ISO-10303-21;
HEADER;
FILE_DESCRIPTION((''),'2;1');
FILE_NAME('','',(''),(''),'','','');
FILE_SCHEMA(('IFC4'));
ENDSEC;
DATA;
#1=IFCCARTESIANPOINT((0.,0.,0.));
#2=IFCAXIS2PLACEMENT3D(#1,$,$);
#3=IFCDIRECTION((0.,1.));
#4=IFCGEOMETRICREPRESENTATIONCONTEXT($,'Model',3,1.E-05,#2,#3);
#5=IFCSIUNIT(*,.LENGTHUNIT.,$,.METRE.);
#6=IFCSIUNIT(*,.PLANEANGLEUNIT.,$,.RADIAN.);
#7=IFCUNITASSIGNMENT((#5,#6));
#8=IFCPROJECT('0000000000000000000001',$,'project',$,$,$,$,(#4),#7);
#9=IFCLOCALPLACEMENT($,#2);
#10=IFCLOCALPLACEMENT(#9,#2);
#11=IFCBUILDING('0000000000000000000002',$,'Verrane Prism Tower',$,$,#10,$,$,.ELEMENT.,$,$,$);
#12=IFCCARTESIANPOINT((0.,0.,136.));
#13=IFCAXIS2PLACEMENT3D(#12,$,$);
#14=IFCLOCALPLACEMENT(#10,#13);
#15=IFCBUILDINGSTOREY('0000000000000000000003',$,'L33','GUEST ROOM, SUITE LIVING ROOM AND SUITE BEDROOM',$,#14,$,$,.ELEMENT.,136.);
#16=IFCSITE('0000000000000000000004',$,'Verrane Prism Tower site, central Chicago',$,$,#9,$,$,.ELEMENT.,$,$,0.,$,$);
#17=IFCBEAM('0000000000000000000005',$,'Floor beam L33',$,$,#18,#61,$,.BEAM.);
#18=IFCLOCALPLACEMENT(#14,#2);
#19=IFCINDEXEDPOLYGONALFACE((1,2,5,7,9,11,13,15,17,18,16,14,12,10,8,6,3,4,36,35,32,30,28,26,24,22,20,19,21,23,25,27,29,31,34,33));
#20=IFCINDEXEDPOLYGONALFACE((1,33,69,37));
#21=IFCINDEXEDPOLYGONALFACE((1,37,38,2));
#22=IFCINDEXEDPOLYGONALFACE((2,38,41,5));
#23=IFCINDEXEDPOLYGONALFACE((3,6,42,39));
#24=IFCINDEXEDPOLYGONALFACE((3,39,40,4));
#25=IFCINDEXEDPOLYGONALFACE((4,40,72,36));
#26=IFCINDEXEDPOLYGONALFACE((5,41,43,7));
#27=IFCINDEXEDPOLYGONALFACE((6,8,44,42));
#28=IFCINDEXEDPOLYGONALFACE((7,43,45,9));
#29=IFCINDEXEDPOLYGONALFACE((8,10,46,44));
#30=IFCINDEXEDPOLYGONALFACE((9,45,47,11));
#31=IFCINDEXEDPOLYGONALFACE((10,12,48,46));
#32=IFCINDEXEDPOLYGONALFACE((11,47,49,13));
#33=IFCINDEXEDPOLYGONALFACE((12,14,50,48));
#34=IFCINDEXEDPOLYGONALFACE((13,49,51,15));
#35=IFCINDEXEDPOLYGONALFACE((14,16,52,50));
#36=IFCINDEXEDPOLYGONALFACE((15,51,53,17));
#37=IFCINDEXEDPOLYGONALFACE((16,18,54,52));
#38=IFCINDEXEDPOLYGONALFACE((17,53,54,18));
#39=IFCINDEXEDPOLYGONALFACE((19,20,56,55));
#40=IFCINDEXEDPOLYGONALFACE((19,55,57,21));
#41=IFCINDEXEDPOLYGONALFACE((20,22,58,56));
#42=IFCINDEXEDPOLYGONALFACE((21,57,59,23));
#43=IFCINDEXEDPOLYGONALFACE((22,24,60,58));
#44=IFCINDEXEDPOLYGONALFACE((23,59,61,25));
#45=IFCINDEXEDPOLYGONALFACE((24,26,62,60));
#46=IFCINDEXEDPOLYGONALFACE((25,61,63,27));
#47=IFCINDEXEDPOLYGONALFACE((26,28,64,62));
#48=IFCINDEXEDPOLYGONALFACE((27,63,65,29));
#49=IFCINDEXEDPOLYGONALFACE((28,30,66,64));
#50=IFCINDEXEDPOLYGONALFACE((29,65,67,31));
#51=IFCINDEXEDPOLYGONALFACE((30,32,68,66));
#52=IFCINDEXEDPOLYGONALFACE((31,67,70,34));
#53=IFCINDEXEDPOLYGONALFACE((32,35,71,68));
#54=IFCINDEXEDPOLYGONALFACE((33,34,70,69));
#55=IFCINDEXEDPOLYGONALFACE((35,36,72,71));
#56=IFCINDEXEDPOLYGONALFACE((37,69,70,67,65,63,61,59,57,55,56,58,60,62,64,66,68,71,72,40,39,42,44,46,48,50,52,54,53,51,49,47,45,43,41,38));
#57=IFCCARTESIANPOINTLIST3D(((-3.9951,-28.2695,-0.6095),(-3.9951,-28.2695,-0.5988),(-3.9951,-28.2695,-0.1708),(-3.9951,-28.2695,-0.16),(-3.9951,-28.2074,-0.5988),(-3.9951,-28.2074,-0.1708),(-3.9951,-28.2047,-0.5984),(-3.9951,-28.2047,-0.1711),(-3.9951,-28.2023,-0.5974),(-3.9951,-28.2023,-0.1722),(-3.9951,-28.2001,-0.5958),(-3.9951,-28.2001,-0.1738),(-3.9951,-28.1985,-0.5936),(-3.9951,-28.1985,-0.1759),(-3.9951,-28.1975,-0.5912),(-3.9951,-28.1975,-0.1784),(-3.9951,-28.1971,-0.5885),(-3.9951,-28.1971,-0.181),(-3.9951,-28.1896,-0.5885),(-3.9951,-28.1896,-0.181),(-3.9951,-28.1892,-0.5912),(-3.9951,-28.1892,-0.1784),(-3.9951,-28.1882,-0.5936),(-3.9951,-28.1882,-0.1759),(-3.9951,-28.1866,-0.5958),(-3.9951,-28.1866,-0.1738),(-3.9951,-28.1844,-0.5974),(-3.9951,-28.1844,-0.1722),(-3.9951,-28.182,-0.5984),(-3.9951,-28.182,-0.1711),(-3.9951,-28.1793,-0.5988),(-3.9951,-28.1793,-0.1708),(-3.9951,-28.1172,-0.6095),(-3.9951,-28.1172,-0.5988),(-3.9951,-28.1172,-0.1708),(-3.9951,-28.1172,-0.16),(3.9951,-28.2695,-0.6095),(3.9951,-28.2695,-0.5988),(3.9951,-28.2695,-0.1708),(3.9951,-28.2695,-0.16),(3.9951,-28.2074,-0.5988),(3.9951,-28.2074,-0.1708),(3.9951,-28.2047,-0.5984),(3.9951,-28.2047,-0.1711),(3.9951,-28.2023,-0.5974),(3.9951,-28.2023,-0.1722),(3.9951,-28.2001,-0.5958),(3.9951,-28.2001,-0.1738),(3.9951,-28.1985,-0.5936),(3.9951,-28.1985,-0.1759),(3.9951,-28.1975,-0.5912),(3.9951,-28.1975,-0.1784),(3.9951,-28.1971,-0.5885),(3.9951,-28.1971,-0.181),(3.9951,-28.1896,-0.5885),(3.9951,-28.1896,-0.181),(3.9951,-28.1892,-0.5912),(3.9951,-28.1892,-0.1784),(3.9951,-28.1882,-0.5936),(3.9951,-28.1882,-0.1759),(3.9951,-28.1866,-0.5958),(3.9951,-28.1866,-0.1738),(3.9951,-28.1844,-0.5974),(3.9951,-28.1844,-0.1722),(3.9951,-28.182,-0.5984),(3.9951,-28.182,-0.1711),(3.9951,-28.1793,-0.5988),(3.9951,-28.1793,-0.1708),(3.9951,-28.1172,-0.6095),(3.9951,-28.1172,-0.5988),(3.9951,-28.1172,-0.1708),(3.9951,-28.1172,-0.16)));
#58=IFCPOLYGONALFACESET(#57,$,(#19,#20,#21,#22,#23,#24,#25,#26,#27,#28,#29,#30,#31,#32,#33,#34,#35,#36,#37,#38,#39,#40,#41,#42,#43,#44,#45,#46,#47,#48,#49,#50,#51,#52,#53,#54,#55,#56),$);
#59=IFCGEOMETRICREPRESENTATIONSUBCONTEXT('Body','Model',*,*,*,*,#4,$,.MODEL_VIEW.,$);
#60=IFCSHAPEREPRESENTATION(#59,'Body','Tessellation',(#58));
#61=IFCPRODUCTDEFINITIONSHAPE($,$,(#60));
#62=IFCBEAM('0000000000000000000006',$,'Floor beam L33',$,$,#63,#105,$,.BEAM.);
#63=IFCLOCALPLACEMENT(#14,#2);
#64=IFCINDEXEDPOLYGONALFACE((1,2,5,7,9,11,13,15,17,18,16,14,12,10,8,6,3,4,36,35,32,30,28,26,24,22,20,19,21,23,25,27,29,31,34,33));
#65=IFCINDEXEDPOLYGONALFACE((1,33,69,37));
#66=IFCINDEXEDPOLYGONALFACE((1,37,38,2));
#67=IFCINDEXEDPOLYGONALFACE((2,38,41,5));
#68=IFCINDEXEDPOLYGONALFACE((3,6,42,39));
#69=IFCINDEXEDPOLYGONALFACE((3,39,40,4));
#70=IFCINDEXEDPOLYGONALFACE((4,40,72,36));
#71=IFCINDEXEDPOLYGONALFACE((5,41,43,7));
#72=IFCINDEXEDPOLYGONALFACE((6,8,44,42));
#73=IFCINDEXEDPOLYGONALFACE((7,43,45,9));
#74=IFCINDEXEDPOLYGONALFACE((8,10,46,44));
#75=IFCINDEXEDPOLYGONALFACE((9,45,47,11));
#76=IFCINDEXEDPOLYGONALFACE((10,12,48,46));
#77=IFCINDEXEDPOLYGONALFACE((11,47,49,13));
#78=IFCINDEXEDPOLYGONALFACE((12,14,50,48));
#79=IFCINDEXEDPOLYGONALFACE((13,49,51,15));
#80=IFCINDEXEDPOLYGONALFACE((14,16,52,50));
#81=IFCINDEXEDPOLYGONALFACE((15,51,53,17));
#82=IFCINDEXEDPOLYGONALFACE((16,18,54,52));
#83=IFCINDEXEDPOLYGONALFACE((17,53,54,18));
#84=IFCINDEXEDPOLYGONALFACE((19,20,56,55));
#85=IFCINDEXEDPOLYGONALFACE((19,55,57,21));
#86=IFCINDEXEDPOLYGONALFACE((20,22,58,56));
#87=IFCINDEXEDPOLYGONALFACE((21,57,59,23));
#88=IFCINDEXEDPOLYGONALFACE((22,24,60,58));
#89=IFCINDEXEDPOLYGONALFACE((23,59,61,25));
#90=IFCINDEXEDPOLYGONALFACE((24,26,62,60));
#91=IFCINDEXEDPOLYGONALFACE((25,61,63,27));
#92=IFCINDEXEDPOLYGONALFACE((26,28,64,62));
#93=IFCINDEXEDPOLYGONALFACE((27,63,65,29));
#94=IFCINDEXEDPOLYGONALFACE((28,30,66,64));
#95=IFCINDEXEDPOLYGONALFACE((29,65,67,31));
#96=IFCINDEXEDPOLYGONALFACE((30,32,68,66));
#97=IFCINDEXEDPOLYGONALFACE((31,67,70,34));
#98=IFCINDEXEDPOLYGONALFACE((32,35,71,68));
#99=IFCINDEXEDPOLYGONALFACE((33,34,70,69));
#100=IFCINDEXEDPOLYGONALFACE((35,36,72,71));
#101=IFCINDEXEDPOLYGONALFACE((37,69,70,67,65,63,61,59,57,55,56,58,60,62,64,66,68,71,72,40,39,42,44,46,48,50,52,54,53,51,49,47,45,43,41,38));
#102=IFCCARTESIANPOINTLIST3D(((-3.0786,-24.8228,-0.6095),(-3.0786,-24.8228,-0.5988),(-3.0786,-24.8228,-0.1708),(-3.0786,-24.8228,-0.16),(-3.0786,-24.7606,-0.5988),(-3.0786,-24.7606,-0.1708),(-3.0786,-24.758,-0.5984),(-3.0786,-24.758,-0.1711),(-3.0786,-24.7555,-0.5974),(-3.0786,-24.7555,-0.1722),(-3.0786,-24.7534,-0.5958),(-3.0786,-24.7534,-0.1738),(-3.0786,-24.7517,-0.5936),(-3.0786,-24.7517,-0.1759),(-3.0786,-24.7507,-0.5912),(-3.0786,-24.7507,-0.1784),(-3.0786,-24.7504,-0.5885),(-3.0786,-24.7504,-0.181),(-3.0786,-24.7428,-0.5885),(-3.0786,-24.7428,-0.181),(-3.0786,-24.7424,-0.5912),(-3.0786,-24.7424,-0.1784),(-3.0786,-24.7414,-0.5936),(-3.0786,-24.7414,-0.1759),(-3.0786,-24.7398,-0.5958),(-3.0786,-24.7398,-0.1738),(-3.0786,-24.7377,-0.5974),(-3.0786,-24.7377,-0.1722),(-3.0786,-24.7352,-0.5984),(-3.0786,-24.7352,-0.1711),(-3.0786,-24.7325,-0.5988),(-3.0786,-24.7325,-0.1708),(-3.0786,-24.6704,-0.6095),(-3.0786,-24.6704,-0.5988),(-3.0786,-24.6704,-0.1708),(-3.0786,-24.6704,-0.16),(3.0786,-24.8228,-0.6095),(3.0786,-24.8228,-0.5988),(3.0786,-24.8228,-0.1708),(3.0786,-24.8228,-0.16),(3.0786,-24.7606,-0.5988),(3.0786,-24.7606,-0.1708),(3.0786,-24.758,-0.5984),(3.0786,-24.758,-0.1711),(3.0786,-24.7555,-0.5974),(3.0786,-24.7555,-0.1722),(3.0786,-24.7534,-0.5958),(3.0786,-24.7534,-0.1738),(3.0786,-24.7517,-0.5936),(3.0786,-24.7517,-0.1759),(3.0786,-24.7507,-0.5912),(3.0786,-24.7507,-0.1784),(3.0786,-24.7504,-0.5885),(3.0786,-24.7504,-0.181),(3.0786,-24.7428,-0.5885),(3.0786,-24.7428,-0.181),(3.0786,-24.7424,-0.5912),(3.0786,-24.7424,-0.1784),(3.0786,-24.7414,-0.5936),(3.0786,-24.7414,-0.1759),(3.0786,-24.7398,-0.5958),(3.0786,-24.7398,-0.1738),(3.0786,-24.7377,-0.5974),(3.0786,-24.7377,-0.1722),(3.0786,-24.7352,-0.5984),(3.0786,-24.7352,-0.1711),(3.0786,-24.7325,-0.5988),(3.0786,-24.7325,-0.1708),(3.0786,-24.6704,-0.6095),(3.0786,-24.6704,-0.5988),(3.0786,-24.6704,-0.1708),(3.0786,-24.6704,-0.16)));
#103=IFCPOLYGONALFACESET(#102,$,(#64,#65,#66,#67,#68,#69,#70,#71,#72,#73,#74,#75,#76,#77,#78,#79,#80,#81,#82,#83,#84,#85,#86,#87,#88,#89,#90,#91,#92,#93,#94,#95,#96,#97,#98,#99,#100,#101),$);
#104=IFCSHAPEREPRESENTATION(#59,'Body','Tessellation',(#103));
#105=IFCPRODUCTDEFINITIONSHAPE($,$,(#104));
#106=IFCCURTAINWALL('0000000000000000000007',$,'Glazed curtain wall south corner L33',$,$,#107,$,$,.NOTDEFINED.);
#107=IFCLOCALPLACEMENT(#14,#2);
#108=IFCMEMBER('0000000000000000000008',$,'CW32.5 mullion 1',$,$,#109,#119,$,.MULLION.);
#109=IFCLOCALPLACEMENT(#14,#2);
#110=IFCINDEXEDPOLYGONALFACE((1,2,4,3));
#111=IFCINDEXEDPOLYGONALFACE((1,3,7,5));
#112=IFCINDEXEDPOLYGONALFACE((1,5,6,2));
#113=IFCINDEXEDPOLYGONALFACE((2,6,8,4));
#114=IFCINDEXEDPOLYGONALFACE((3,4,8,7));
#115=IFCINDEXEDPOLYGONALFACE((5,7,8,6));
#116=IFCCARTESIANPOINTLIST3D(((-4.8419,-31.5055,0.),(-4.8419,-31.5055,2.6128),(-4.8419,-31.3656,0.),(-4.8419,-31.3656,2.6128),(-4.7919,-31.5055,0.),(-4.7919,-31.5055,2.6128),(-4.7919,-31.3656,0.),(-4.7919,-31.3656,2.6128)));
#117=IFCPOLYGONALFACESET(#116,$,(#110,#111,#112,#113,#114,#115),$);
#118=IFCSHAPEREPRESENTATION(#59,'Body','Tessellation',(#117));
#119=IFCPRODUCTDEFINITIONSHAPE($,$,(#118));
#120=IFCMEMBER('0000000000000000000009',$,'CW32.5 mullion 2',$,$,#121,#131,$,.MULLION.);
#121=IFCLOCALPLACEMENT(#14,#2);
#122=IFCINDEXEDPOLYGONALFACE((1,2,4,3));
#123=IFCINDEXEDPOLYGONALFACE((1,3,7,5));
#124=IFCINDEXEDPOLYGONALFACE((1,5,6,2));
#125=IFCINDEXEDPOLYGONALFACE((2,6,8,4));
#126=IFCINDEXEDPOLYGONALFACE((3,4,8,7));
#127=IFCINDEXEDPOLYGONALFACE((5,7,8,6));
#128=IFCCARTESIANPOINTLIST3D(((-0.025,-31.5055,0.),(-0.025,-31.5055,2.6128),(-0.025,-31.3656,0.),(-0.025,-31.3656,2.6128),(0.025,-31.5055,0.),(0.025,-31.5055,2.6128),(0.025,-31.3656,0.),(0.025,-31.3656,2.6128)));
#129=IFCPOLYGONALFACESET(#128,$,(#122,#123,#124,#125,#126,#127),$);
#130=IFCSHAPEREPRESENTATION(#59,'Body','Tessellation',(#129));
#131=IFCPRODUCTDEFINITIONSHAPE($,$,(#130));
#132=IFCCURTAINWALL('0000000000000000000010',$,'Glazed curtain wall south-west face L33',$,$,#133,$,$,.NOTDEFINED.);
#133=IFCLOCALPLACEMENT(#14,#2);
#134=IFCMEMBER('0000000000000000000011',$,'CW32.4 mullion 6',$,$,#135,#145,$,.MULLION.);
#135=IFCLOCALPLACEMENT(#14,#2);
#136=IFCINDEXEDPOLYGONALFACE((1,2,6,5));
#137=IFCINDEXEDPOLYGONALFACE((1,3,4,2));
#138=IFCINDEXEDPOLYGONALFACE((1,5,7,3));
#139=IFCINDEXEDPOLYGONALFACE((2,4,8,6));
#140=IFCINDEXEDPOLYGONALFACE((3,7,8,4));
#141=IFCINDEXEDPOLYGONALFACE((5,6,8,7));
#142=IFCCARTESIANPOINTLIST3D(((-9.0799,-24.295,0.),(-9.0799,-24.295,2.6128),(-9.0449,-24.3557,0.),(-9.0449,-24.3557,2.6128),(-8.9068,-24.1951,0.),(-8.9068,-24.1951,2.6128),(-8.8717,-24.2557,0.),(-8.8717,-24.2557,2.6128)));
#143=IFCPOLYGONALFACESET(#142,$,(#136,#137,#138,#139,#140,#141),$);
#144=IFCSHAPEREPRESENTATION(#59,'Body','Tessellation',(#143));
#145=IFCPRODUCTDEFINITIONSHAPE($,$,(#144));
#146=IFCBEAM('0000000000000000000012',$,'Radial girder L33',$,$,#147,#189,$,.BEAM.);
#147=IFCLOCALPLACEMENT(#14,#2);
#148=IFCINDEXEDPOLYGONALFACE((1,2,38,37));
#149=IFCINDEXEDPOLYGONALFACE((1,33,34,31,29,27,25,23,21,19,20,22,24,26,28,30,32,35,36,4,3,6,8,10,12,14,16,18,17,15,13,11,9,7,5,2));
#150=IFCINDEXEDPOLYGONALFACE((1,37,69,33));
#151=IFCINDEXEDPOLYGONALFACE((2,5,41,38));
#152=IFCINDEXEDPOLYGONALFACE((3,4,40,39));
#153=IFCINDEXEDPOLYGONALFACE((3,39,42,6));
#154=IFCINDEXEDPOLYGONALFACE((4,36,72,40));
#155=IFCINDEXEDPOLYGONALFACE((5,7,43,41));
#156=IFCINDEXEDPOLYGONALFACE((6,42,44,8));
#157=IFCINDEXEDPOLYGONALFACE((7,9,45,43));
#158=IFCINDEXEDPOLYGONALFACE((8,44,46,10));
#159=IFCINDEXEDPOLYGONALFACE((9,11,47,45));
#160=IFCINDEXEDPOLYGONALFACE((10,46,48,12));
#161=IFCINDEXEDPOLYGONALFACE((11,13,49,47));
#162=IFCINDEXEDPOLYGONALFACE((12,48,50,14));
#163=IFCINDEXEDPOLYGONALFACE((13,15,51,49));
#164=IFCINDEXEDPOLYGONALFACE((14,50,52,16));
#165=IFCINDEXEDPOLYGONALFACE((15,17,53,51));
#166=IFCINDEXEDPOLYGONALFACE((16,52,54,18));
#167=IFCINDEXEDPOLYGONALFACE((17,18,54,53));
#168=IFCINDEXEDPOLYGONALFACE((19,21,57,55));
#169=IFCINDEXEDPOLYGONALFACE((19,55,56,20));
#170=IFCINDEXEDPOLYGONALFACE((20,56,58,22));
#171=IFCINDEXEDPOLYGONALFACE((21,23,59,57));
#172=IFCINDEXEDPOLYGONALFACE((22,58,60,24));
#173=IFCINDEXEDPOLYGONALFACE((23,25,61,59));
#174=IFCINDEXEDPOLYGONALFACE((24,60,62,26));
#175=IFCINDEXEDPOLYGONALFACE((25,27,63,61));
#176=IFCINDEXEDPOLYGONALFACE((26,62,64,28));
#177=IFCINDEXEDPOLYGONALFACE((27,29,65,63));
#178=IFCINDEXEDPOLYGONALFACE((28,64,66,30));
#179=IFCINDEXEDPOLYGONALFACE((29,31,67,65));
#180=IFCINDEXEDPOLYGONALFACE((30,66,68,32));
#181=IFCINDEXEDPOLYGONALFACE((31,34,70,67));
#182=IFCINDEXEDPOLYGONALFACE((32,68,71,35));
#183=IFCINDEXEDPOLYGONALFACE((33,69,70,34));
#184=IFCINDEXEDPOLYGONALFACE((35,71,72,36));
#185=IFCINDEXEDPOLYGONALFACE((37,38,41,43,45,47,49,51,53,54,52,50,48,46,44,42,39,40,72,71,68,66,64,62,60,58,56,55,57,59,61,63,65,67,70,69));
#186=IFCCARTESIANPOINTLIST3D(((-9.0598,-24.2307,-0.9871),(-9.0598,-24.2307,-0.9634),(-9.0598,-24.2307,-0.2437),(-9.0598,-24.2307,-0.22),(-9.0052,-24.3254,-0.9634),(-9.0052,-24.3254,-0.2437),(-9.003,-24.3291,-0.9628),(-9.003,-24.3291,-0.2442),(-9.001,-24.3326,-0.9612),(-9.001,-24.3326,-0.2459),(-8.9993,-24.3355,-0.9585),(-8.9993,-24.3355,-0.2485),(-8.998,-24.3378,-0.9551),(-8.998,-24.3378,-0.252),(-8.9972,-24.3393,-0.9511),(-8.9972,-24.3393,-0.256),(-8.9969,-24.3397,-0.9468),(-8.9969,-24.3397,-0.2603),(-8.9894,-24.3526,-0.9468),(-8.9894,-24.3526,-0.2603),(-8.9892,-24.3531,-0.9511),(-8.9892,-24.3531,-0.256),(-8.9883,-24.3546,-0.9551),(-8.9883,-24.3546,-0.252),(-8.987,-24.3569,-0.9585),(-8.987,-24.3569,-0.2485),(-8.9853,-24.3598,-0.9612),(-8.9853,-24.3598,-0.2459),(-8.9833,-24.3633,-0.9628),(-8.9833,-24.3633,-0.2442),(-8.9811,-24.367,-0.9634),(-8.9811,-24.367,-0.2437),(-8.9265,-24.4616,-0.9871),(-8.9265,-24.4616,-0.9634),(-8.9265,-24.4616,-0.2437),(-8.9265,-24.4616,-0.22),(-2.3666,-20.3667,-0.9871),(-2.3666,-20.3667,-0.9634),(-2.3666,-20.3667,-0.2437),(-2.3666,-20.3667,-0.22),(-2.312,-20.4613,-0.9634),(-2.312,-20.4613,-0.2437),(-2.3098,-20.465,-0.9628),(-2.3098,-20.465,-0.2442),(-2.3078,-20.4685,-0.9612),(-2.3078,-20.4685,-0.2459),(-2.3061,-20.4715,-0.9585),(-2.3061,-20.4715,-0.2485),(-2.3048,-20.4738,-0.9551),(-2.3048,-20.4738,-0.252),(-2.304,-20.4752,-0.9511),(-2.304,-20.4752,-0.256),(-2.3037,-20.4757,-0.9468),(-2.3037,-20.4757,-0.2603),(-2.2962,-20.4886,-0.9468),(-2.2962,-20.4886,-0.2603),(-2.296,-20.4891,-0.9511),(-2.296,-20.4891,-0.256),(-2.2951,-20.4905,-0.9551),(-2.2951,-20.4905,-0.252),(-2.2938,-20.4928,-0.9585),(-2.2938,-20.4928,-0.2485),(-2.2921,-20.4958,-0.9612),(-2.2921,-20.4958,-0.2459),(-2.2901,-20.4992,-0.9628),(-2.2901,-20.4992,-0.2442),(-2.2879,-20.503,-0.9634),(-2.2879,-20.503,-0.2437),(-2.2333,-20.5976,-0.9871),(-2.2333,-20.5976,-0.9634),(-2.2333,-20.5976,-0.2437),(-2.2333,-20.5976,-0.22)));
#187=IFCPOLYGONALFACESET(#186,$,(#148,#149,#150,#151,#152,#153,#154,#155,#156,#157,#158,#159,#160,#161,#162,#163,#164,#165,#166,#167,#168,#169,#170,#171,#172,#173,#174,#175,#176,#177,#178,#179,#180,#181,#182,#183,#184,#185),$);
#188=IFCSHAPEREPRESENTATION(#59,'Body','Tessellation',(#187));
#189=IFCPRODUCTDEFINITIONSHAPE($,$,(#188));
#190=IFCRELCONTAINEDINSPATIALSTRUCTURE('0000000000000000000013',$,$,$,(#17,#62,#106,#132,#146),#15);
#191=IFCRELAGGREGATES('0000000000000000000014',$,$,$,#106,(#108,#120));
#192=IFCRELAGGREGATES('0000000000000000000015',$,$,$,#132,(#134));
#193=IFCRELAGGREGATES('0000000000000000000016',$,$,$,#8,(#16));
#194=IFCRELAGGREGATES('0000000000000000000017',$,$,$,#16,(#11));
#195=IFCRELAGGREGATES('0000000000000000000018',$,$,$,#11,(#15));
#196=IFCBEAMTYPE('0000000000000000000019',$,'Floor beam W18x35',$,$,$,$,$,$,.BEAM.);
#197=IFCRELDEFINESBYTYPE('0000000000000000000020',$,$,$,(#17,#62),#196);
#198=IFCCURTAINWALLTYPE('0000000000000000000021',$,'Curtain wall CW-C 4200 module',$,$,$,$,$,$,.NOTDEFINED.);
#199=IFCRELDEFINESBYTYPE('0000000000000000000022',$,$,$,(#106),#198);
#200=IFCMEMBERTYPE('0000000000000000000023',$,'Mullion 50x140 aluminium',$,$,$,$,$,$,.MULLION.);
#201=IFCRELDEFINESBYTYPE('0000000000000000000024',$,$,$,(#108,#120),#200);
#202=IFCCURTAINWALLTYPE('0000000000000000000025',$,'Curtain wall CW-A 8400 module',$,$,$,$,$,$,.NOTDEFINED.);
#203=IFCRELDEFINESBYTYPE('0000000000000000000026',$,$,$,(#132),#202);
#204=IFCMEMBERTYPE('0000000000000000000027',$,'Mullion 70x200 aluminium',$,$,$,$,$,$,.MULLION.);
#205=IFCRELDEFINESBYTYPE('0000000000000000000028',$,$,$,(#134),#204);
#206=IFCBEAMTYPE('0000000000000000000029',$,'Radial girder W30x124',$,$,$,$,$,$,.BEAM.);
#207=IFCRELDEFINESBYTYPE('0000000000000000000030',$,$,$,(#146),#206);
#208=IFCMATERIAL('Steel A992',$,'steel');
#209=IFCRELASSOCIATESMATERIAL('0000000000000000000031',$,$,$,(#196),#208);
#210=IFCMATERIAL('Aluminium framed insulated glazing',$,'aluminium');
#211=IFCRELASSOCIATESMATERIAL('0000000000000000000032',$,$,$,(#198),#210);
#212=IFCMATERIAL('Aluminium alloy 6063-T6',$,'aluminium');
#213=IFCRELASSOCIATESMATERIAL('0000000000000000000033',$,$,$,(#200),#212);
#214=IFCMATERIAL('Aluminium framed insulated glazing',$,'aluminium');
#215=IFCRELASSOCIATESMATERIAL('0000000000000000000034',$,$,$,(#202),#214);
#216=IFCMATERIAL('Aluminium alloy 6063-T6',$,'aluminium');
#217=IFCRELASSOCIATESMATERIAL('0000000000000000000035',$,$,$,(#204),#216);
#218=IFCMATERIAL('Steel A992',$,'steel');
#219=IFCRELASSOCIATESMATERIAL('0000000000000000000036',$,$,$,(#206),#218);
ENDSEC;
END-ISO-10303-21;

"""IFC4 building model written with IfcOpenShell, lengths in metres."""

from ifc_helpers import new_model, si_unit, direction, frame, origin, origin_2d, place, context, subcontext, project, spatial, rectangle, i_section, extrude, material, material_profile, profile_set, type_object, element, aggregate, save


model = new_model("IFC4")

# Units and contexts
model_context = context("Model", 3, precision=1e-05, world=origin(), true_north=direction((0.0, 1.0)))
body_context = subcontext(model_context, "Body", "Model", "MODEL_VIEW")
ifc_project = project(units=[si_unit("LENGTHUNIT", "METRE"), si_unit("PLANEANGLEUNIT", "RADIAN")], contexts=[model_context])

# Site, building, storey
site_placement = place(None, origin())
site = spatial("IfcSite", under=ifc_project, at=site_placement, Name="Verrane Prism Tower site, central Chicago", CompositionType="ELEMENT", RefElevation=0.0)
building_placement = place(site_placement, origin())
building = spatial("IfcBuilding", under=site, at=building_placement, Name="Verrane Prism Tower", CompositionType="ELEMENT")
storey_placement = place(building_placement, frame((0.0, 0.0, 136.0)))
storey = spatial("IfcBuildingStorey", under=building, at=storey_placement, Name="L33", Description="GUEST ROOM, SUITE LIVING ROOM AND SUITE BEDROOM", CompositionType="ELEMENT", Elevation=136.0)

# Beams
ifc_material_1 = material(Name="Steel A992", Category="steel")
ifc_material_profile_1 = material_profile(ifc_material_1, i_section(OverallWidth=0.1523, OverallDepth=0.4495, WebThickness=0.0076, FlangeThickness=0.0107, FilletRadius=0.0103, at=origin_2d()), Name="W18x35")
ifc_profile_set_1 = profile_set([ifc_material_profile_1], Name="Steel A992")
beam_type_1 = type_object("IfcBeamType", Name="Floor beam W18x35", PredefinedType="BEAM", material=ifc_profile_set_1)
beam_1_placement = place(storey_placement, frame((-3.9951, -28.1934, -0.3848), z_axis=(1.0, 0.0, 0.0), x_axis=(0.0, 1.0, 0.0)))
element("IfcBeam", 1, at=beam_1_placement, inside=storey, type_object=beam_type_1, Name="Floor beam L33", PredefinedType="BEAM", context=body_context, shape_type="SweptSolid", body=[
    extrude(i_section(OverallWidth=0.1523, OverallDepth=0.4495, WebThickness=0.0076, FlangeThickness=0.0107, FilletRadius=0.0103, at=origin_2d()), origin(), (0.0, 0.0, 1.0), 7.9902),
])
beam_2_placement = place(storey_placement, frame((-3.0786, -24.7466, -0.3848), z_axis=(1.0, 0.0, 0.0), x_axis=(0.0, 1.0, 0.0)))
element("IfcBeam", 2, at=beam_2_placement, inside=storey, type_object=beam_type_1, Name="Floor beam L33", PredefinedType="BEAM", context=body_context, shape_type="SweptSolid", body=[
    extrude(i_section(OverallWidth=0.1523, OverallDepth=0.4495, WebThickness=0.0076, FlangeThickness=0.0107, FilletRadius=0.0103, at=origin_2d()), origin(), (0.0, 0.0, 1.0), 6.1572),
])

# Curtain wall, members
ifc_material_2 = material(Name="Aluminium framed insulated glazing", Category="aluminium")
curtain_wall_type_1 = type_object("IfcCurtainWallType", Name="Curtain wall CW-C 4200 module", PredefinedType="NOTDEFINED", material=ifc_material_2)
curtain_wall_1_placement = place(storey_placement, origin())
curtain_wall_1 = element("IfcCurtainWall", 3, at=curtain_wall_1_placement, inside=storey, type_object=curtain_wall_type_1, Name="Glazed curtain wall south corner L33", PredefinedType="NOTDEFINED")
ifc_material_3 = material(Name="Aluminium alloy 6063-T6", Category="aluminium")
ifc_material_profile_2 = material_profile(ifc_material_3, rectangle(XDim=0.1399, YDim=0.05, at=origin_2d()), Name="Mullion 50x140 aluminium")
ifc_profile_set_2 = profile_set([ifc_material_profile_2], Name="Aluminium alloy 6063-T6")
member_type_1 = type_object("IfcMemberType", Name="Mullion 50x140 aluminium", PredefinedType="MULLION", material=ifc_profile_set_2)
member_1_placement = place(storey_placement, frame((-4.8169, -31.4355, 0.0), z_axis=(0.0, 0.0, 1.0), x_axis=(0.0, 1.0, 0.0)))
member_1 = element("IfcMember", 4, at=member_1_placement, type_object=member_type_1, Name="CW32.5 mullion 1", PredefinedType="MULLION", context=body_context, shape_type="SweptSolid", body=[
    extrude(rectangle(XDim=0.1399, YDim=0.05, at=origin_2d()), origin(), (0.0, 0.0, 1.0), 2.6128),
])
member_2_placement = place(storey_placement, frame((0.0, -31.4355, 0.0), z_axis=(0.0, 0.0, 1.0), x_axis=(0.0, 1.0, 0.0)))
member_2 = element("IfcMember", 5, at=member_2_placement, type_object=member_type_1, Name="CW32.5 mullion 2", PredefinedType="MULLION", context=body_context, shape_type="SweptSolid", body=[
    extrude(rectangle(XDim=0.1399, YDim=0.05, at=origin_2d()), origin(), (0.0, 0.0, 1.0), 2.6128),
])

# Curtain wall, member
ifc_material_4 = material(Name="Aluminium framed insulated glazing", Category="aluminium")
curtain_wall_type_2 = type_object("IfcCurtainWallType", Name="Curtain wall CW-A 8400 module", PredefinedType="NOTDEFINED", material=ifc_material_4)
curtain_wall_2_placement = place(storey_placement, origin())
curtain_wall_2 = element("IfcCurtainWall", 6, at=curtain_wall_2_placement, inside=storey, type_object=curtain_wall_type_2, Name="Glazed curtain wall south-west face L33", PredefinedType="NOTDEFINED")
ifc_material_5 = material(Name="Aluminium alloy 6063-T6", Category="aluminium")
ifc_material_profile_3 = material_profile(ifc_material_5, rectangle(XDim=0.2, YDim=0.0701, at=origin_2d()), Name="Mullion 70x200 aluminium")
ifc_profile_set_3 = profile_set([ifc_material_profile_3], Name="Aluminium alloy 6063-T6")
member_type_2 = type_object("IfcMemberType", Name="Mullion 70x200 aluminium", PredefinedType="MULLION", material=ifc_profile_set_3)
member_3_placement = place(storey_placement, frame((-8.9758, -24.2754, 0.0), z_axis=(0.0, 0.0, 1.0), x_axis=(0.866025, 0.5, 0.0)))
member_3 = element("IfcMember", 7, at=member_3_placement, type_object=member_type_2, Name="CW32.4 mullion 6", PredefinedType="MULLION", context=body_context, shape_type="SweptSolid", body=[
    extrude(rectangle(XDim=0.2, YDim=0.0701, at=origin_2d()), origin(), (0.0, 0.0, 1.0), 2.6128),
])

# Beam
ifc_material_6 = material(Name="Steel A992", Category="steel")
ifc_material_profile_4 = material_profile(ifc_material_6, i_section(OverallWidth=0.2666, OverallDepth=0.7671, WebThickness=0.0149, FlangeThickness=0.0237, FilletRadius=0.0166, at=origin_2d()), Name="W30x124")
ifc_profile_set_4 = profile_set([ifc_material_profile_4], Name="Steel A992")
beam_type_2 = type_object("IfcBeamType", Name="Radial girder W30x124", PredefinedType="BEAM", material=ifc_profile_set_4)
beam_3_placement = place(storey_placement, frame((-8.9932, -24.3462, -0.6035), z_axis=(0.86604, 0.499975, 0.0), x_axis=(-0.499975, 0.86604, 0.0)))
element("IfcBeam", 8, at=beam_3_placement, inside=storey, type_object=beam_type_2, Name="Radial girder L33", PredefinedType="BEAM", context=body_context, shape_type="SweptSolid", body=[
    extrude(i_section(OverallWidth=0.2666, OverallDepth=0.7671, WebThickness=0.0149, FlangeThickness=0.0237, FilletRadius=0.0166, at=origin_2d()), origin(), (0.0, 0.0, 1.0), 7.7285),
])

aggregate(curtain_wall_1, [member_1, member_2])
aggregate(curtain_wall_2, [member_3])

save(model, "model.ifc")
